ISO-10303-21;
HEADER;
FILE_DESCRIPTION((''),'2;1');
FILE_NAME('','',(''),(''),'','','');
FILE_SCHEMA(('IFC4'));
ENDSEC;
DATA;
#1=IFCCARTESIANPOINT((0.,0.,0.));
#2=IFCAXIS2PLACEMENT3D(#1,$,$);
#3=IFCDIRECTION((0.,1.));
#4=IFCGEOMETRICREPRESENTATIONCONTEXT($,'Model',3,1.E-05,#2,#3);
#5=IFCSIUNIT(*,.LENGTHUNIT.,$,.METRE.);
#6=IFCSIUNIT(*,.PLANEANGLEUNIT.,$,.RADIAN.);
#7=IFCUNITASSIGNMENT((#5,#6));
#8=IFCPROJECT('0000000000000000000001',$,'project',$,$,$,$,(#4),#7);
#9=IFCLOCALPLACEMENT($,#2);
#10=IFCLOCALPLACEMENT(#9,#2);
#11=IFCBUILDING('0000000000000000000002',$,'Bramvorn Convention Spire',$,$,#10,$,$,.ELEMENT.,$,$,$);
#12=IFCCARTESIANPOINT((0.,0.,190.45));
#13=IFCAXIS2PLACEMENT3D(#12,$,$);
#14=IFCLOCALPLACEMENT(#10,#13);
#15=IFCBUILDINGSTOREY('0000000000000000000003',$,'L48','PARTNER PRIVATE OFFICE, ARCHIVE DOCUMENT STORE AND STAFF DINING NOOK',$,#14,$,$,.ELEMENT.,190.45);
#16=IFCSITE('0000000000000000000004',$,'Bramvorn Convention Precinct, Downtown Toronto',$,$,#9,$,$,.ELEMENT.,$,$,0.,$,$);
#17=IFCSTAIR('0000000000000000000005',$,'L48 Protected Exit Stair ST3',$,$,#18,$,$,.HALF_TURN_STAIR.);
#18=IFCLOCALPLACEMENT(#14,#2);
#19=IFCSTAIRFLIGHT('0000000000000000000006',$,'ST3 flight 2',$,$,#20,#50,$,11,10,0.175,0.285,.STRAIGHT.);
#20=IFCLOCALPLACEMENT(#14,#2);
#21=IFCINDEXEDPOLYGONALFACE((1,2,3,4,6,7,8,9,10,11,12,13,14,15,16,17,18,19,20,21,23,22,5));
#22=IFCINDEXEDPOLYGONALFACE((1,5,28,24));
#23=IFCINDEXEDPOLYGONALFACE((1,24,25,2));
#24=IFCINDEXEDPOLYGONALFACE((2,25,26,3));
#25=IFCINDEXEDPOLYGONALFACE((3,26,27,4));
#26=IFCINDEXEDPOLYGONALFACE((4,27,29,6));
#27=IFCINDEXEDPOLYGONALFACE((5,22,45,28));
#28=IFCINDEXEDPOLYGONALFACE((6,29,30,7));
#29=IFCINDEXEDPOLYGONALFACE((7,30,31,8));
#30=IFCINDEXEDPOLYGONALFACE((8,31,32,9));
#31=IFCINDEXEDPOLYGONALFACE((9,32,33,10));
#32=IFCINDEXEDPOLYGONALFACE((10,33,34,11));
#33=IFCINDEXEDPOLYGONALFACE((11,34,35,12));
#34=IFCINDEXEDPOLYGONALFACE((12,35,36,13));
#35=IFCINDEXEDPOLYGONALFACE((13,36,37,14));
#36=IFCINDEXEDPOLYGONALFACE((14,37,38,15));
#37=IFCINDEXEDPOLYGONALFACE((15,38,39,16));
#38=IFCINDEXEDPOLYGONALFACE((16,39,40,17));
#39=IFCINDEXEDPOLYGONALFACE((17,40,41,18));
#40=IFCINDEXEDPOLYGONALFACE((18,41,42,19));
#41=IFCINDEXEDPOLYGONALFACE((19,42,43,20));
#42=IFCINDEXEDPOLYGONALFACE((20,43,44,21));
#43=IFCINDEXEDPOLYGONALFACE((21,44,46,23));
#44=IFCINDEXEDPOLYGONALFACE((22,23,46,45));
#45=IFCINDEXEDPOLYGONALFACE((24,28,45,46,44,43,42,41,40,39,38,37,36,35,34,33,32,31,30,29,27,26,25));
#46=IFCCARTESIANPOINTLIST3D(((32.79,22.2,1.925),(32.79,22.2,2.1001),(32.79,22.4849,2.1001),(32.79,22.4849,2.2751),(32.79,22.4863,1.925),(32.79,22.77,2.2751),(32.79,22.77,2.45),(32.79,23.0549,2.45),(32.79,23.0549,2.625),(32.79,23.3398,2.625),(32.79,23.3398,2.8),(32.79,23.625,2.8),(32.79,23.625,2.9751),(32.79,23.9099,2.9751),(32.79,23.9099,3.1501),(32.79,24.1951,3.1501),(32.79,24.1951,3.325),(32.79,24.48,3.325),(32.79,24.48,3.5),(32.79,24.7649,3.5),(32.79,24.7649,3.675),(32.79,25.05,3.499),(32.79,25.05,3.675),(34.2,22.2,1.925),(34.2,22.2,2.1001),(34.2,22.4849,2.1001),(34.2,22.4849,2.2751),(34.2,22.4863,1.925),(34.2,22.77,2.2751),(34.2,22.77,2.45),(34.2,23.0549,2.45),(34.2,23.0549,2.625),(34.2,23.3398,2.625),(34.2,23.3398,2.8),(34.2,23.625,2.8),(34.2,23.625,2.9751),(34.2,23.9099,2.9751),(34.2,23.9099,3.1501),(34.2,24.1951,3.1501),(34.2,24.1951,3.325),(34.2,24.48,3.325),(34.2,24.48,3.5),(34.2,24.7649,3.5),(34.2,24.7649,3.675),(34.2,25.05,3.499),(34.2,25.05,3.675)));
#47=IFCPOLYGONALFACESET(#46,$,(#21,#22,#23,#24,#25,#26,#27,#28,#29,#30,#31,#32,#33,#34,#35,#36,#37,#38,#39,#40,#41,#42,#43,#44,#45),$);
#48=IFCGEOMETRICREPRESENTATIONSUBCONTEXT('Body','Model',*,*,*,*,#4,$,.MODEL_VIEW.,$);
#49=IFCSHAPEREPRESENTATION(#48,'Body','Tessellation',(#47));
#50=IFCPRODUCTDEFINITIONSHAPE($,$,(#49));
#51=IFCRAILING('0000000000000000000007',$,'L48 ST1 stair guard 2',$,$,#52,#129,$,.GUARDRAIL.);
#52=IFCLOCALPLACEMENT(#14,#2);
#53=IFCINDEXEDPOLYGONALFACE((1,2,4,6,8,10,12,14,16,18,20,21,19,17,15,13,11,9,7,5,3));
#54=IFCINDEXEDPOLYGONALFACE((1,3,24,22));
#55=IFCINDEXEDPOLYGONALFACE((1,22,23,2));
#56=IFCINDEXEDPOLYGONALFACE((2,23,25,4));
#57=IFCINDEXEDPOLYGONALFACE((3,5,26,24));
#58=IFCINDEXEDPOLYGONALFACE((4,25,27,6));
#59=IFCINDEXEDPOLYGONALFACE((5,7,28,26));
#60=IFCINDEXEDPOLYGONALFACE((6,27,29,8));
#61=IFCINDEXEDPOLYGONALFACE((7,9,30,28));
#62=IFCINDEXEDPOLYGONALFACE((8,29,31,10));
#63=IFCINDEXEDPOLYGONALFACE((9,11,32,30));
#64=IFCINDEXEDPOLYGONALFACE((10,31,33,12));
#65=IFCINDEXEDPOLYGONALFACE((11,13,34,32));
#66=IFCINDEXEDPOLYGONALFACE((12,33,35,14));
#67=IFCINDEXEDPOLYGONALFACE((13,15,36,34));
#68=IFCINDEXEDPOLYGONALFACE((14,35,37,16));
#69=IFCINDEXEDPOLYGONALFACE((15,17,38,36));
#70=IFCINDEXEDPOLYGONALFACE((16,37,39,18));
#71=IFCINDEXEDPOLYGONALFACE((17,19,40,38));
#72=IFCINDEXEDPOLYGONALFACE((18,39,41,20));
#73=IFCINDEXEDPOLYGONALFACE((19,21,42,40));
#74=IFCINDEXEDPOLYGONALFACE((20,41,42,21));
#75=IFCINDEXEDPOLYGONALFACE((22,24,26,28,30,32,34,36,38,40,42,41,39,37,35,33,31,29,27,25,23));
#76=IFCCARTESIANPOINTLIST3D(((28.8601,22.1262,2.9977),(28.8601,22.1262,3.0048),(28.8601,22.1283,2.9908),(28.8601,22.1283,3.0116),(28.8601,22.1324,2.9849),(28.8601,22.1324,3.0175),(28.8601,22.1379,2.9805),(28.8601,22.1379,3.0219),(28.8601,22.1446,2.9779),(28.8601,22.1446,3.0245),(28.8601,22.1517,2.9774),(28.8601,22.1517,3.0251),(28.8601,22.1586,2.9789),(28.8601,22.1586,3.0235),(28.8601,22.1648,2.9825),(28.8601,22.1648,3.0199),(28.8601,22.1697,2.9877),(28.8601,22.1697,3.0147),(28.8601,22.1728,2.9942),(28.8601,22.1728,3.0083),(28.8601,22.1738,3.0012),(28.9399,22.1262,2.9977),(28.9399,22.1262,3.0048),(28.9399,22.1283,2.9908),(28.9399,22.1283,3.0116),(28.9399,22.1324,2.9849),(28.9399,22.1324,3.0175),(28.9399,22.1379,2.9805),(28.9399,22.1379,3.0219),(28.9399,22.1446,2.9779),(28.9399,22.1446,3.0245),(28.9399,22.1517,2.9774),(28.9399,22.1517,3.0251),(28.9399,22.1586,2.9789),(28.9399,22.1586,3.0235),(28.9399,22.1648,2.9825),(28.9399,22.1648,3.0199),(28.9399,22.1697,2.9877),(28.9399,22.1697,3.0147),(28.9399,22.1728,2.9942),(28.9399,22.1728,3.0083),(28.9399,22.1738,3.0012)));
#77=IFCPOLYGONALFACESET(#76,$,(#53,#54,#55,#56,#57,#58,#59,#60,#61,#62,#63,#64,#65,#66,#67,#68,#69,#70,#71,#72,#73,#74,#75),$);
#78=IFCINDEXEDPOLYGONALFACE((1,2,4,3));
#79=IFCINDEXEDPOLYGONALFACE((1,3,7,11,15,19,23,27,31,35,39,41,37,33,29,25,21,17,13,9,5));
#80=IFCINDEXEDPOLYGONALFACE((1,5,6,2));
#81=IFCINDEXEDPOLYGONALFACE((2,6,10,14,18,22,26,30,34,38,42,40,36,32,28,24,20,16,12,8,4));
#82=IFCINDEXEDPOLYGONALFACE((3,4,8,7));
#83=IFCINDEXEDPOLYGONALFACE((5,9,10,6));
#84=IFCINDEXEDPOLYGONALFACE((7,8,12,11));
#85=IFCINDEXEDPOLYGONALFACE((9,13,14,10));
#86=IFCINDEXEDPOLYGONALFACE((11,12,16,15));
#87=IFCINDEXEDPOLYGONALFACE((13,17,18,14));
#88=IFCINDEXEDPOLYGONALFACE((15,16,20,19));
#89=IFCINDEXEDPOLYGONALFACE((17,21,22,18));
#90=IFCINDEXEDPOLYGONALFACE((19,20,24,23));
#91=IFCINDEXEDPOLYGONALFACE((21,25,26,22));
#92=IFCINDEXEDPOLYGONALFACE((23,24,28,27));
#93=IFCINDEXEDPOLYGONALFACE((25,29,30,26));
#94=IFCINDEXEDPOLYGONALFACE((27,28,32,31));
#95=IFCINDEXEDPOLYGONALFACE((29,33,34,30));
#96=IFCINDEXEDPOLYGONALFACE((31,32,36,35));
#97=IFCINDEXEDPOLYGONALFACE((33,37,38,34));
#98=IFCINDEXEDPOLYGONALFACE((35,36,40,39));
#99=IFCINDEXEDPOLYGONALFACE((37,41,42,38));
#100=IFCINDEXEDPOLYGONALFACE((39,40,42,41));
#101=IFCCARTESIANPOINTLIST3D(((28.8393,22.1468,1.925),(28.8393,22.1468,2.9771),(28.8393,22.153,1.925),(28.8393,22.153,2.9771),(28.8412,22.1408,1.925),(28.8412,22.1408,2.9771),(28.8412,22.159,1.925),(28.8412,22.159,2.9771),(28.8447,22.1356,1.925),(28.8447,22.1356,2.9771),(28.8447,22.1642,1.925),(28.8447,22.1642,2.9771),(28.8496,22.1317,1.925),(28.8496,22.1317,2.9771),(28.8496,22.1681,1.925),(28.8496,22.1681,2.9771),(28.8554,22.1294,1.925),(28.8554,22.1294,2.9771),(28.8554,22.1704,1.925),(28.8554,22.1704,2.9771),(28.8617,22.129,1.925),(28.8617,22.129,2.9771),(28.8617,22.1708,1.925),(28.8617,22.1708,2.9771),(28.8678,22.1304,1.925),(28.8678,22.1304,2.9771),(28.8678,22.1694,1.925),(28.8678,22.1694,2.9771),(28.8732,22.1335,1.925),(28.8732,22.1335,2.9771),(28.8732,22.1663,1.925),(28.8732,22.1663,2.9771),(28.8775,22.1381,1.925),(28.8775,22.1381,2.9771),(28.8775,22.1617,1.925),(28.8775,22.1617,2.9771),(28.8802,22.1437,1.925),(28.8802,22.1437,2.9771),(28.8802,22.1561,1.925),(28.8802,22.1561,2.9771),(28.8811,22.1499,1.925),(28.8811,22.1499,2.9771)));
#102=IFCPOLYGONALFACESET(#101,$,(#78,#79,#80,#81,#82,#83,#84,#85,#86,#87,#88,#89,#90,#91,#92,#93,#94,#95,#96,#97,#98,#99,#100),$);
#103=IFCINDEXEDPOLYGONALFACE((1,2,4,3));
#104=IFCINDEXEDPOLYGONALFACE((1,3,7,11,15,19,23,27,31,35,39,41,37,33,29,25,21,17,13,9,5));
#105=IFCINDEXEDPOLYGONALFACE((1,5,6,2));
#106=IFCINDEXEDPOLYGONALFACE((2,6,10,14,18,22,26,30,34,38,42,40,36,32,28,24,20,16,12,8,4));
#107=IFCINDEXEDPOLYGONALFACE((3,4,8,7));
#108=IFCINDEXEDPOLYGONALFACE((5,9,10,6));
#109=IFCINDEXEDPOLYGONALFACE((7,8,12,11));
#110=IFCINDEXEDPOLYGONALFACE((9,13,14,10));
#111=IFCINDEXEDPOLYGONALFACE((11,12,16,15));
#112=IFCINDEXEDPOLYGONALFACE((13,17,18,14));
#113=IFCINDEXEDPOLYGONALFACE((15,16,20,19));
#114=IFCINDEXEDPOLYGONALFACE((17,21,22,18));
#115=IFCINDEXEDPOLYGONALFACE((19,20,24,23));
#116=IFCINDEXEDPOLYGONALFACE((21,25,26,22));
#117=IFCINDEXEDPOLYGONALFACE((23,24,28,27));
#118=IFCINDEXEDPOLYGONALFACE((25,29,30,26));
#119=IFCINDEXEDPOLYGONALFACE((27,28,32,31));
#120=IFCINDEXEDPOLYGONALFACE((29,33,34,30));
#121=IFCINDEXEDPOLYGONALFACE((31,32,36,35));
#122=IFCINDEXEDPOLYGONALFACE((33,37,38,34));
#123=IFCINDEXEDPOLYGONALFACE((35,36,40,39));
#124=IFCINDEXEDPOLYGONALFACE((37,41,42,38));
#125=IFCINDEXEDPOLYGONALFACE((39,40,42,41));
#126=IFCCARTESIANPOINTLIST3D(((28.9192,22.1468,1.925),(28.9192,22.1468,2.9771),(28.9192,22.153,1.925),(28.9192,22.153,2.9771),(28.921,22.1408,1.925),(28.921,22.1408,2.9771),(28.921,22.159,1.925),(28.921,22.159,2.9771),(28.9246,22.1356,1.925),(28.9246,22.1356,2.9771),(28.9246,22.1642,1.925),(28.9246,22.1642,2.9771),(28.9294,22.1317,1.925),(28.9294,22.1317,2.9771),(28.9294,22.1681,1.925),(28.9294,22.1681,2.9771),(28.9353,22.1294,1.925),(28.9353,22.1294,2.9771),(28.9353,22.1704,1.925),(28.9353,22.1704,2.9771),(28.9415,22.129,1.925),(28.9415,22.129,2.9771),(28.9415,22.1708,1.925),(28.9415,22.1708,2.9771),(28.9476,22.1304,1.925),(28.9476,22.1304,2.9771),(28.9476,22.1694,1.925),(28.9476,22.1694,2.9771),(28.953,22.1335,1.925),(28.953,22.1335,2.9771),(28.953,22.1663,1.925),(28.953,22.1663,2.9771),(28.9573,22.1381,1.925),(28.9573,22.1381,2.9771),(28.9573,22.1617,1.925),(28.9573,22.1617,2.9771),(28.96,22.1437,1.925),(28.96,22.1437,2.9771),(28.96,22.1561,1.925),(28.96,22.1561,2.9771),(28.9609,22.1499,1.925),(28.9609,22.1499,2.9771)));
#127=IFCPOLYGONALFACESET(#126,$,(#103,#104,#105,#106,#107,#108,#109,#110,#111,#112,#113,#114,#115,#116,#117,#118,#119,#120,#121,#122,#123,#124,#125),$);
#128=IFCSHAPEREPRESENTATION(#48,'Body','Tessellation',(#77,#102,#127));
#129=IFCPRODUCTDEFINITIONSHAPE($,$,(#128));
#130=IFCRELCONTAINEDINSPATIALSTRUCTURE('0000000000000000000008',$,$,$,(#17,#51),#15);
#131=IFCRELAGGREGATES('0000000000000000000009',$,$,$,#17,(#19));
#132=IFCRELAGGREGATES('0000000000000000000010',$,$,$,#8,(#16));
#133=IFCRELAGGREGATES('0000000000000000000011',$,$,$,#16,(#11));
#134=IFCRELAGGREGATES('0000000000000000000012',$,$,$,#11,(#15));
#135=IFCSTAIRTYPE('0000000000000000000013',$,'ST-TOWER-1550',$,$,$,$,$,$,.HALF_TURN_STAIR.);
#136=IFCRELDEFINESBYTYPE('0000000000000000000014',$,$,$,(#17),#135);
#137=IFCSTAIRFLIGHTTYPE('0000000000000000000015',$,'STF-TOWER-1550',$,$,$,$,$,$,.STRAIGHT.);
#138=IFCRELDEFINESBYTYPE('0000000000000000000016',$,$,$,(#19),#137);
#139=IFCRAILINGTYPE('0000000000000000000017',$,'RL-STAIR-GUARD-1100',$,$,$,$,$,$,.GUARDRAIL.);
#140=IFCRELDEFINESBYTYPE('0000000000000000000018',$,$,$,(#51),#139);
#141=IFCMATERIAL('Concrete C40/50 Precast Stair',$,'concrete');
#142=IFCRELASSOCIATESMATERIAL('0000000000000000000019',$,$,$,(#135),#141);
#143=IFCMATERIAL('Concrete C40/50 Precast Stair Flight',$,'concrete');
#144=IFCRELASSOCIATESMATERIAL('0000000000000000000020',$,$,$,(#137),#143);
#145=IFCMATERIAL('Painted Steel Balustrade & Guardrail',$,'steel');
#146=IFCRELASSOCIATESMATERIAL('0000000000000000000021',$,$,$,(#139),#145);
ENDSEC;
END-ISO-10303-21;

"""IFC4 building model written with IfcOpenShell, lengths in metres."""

from ifc_helpers import new_model, si_unit, direction, frame, origin, origin_2d, place, context, subcontext, project, spatial, polyline, circle, outline, extrude, material, type_object, element, aggregate, save


model = new_model("IFC4")

# Units and contexts
model_context = context("Model", 3, precision=1e-05, world=origin(), true_north=direction((0.0, 1.0)))
body_context = subcontext(model_context, "Body", "Model", "MODEL_VIEW")
ifc_project = project(units=[si_unit("LENGTHUNIT", "METRE"), si_unit("PLANEANGLEUNIT", "RADIAN")], contexts=[model_context])

# Site, building, storey
site_placement = place(None, origin())
site = spatial("IfcSite", under=ifc_project, at=site_placement, Name="Bramvorn Convention Precinct, Downtown Toronto", CompositionType="ELEMENT", RefElevation=0.0)
building_placement = place(site_placement, origin())
building = spatial("IfcBuilding", under=site, at=building_placement, Name="Bramvorn Convention Spire", CompositionType="ELEMENT")
storey_placement = place(building_placement, frame((0.0, 0.0, 190.45)))
storey = spatial("IfcBuildingStorey", under=building, at=storey_placement, Name="L48", Description="PARTNER PRIVATE OFFICE, ARCHIVE DOCUMENT STORE AND STAFF DINING NOOK", CompositionType="ELEMENT", Elevation=190.45)

# Stair, stair flight
ifc_material_1 = material(Name="Concrete C40/50 Precast Stair", Category="concrete")
stair_type = type_object("IfcStairType", Name="ST-TOWER-1550", PredefinedType="HALF_TURN_STAIR", material=ifc_material_1)
ifc_material_2 = material(Name="Concrete C40/50 Precast Stair Flight", Category="concrete")
stair_flight_type = type_object("IfcStairFlightType", Name="STF-TOWER-1550", PredefinedType="STRAIGHT", material=ifc_material_2)
stair_1_placement = place(storey_placement, origin())
stair_1 = element("IfcStair", 1, at=stair_1_placement, inside=storey, type_object=stair_type, Name="L48 Protected Exit Stair ST3", PredefinedType="HALF_TURN_STAIR")
stair_flight_1_placement = place(storey_placement, frame((33.4951, 22.2, 1.925), z_axis=(0.0, 0.0, 1.0), x_axis=(0.0, 1.0, 0.0)))
stair_flight_1 = element("IfcStairFlight", 2, at=stair_flight_1_placement, type_object=stair_flight_type, Name="ST3 flight 2", NumberOfRisers=11, NumberOfTreads=10, PredefinedType="STRAIGHT", RiserHeight=0.175, TreadLength=0.285, context=body_context, shape_type="SweptSolid", body=[
    extrude(outline(polyline([(0.0, 0.0), (0.0, 0.175), (0.2849, 0.175), (0.2849, 0.3501), (0.5701, 0.3501), (0.5701, 0.5249), (0.855, 0.5249), (0.855, 0.7), (1.1399, 0.7), (1.1399, 0.875), (1.425, 0.875), (1.425, 1.05), (1.71, 1.05), (1.71, 1.2251), (1.9951, 1.2251), (1.9951, 1.3999), (2.28, 1.3999), (2.28, 1.575), (2.5649, 1.575), (2.5649, 1.75), (2.8501, 1.75), (2.8501, 1.925), (2.8501, 1.574), (0.2864, 0.0), (0.0, 0.0)])), frame((0.0, 0.7051, 0.0), z_axis=(0.0, -1.0, 0.0), x_axis=(1.0, 0.0, 0.0)), (0.0, 0.0, 1.0), 1.4099),
])
aggregate(stair_1, [stair_flight_1])

# Railing
ifc_material_3 = material(Name="Painted Steel Balustrade & Guardrail", Category="steel")
railing_type_1 = type_object("IfcRailingType", Name="RL-STAIR-GUARD-1100", PredefinedType="GUARDRAIL", material=ifc_material_3)
railing_1_placement = place(storey_placement, frame((28.8601, 22.1499, 1.925)))
element("IfcRailing", 3, at=railing_1_placement, inside=storey, type_object=railing_type_1, Name="L48 ST1 stair guard 2", PredefinedType="GUARDRAIL", context=body_context, shape_type="SweptSolid", body=[
    extrude(circle(Radius=0.0239, at=origin_2d()), frame((0.0, 0.0, 1.0762), z_axis=(1.0, 0.0, 0.0), x_axis=(0.0, 1.0, 0.0)), (0.0, 0.0, 1.0), 0.0798),
    extrude(circle(Radius=0.021, at=origin_2d()), origin(), (0.0, 0.0, 1.0), 1.052),
    extrude(circle(Radius=0.021, at=origin_2d()), frame((0.0798, 0.0, 0.0)), (0.0, 0.0, 1.0), 1.052),
])

save(model, "model.ifc")
